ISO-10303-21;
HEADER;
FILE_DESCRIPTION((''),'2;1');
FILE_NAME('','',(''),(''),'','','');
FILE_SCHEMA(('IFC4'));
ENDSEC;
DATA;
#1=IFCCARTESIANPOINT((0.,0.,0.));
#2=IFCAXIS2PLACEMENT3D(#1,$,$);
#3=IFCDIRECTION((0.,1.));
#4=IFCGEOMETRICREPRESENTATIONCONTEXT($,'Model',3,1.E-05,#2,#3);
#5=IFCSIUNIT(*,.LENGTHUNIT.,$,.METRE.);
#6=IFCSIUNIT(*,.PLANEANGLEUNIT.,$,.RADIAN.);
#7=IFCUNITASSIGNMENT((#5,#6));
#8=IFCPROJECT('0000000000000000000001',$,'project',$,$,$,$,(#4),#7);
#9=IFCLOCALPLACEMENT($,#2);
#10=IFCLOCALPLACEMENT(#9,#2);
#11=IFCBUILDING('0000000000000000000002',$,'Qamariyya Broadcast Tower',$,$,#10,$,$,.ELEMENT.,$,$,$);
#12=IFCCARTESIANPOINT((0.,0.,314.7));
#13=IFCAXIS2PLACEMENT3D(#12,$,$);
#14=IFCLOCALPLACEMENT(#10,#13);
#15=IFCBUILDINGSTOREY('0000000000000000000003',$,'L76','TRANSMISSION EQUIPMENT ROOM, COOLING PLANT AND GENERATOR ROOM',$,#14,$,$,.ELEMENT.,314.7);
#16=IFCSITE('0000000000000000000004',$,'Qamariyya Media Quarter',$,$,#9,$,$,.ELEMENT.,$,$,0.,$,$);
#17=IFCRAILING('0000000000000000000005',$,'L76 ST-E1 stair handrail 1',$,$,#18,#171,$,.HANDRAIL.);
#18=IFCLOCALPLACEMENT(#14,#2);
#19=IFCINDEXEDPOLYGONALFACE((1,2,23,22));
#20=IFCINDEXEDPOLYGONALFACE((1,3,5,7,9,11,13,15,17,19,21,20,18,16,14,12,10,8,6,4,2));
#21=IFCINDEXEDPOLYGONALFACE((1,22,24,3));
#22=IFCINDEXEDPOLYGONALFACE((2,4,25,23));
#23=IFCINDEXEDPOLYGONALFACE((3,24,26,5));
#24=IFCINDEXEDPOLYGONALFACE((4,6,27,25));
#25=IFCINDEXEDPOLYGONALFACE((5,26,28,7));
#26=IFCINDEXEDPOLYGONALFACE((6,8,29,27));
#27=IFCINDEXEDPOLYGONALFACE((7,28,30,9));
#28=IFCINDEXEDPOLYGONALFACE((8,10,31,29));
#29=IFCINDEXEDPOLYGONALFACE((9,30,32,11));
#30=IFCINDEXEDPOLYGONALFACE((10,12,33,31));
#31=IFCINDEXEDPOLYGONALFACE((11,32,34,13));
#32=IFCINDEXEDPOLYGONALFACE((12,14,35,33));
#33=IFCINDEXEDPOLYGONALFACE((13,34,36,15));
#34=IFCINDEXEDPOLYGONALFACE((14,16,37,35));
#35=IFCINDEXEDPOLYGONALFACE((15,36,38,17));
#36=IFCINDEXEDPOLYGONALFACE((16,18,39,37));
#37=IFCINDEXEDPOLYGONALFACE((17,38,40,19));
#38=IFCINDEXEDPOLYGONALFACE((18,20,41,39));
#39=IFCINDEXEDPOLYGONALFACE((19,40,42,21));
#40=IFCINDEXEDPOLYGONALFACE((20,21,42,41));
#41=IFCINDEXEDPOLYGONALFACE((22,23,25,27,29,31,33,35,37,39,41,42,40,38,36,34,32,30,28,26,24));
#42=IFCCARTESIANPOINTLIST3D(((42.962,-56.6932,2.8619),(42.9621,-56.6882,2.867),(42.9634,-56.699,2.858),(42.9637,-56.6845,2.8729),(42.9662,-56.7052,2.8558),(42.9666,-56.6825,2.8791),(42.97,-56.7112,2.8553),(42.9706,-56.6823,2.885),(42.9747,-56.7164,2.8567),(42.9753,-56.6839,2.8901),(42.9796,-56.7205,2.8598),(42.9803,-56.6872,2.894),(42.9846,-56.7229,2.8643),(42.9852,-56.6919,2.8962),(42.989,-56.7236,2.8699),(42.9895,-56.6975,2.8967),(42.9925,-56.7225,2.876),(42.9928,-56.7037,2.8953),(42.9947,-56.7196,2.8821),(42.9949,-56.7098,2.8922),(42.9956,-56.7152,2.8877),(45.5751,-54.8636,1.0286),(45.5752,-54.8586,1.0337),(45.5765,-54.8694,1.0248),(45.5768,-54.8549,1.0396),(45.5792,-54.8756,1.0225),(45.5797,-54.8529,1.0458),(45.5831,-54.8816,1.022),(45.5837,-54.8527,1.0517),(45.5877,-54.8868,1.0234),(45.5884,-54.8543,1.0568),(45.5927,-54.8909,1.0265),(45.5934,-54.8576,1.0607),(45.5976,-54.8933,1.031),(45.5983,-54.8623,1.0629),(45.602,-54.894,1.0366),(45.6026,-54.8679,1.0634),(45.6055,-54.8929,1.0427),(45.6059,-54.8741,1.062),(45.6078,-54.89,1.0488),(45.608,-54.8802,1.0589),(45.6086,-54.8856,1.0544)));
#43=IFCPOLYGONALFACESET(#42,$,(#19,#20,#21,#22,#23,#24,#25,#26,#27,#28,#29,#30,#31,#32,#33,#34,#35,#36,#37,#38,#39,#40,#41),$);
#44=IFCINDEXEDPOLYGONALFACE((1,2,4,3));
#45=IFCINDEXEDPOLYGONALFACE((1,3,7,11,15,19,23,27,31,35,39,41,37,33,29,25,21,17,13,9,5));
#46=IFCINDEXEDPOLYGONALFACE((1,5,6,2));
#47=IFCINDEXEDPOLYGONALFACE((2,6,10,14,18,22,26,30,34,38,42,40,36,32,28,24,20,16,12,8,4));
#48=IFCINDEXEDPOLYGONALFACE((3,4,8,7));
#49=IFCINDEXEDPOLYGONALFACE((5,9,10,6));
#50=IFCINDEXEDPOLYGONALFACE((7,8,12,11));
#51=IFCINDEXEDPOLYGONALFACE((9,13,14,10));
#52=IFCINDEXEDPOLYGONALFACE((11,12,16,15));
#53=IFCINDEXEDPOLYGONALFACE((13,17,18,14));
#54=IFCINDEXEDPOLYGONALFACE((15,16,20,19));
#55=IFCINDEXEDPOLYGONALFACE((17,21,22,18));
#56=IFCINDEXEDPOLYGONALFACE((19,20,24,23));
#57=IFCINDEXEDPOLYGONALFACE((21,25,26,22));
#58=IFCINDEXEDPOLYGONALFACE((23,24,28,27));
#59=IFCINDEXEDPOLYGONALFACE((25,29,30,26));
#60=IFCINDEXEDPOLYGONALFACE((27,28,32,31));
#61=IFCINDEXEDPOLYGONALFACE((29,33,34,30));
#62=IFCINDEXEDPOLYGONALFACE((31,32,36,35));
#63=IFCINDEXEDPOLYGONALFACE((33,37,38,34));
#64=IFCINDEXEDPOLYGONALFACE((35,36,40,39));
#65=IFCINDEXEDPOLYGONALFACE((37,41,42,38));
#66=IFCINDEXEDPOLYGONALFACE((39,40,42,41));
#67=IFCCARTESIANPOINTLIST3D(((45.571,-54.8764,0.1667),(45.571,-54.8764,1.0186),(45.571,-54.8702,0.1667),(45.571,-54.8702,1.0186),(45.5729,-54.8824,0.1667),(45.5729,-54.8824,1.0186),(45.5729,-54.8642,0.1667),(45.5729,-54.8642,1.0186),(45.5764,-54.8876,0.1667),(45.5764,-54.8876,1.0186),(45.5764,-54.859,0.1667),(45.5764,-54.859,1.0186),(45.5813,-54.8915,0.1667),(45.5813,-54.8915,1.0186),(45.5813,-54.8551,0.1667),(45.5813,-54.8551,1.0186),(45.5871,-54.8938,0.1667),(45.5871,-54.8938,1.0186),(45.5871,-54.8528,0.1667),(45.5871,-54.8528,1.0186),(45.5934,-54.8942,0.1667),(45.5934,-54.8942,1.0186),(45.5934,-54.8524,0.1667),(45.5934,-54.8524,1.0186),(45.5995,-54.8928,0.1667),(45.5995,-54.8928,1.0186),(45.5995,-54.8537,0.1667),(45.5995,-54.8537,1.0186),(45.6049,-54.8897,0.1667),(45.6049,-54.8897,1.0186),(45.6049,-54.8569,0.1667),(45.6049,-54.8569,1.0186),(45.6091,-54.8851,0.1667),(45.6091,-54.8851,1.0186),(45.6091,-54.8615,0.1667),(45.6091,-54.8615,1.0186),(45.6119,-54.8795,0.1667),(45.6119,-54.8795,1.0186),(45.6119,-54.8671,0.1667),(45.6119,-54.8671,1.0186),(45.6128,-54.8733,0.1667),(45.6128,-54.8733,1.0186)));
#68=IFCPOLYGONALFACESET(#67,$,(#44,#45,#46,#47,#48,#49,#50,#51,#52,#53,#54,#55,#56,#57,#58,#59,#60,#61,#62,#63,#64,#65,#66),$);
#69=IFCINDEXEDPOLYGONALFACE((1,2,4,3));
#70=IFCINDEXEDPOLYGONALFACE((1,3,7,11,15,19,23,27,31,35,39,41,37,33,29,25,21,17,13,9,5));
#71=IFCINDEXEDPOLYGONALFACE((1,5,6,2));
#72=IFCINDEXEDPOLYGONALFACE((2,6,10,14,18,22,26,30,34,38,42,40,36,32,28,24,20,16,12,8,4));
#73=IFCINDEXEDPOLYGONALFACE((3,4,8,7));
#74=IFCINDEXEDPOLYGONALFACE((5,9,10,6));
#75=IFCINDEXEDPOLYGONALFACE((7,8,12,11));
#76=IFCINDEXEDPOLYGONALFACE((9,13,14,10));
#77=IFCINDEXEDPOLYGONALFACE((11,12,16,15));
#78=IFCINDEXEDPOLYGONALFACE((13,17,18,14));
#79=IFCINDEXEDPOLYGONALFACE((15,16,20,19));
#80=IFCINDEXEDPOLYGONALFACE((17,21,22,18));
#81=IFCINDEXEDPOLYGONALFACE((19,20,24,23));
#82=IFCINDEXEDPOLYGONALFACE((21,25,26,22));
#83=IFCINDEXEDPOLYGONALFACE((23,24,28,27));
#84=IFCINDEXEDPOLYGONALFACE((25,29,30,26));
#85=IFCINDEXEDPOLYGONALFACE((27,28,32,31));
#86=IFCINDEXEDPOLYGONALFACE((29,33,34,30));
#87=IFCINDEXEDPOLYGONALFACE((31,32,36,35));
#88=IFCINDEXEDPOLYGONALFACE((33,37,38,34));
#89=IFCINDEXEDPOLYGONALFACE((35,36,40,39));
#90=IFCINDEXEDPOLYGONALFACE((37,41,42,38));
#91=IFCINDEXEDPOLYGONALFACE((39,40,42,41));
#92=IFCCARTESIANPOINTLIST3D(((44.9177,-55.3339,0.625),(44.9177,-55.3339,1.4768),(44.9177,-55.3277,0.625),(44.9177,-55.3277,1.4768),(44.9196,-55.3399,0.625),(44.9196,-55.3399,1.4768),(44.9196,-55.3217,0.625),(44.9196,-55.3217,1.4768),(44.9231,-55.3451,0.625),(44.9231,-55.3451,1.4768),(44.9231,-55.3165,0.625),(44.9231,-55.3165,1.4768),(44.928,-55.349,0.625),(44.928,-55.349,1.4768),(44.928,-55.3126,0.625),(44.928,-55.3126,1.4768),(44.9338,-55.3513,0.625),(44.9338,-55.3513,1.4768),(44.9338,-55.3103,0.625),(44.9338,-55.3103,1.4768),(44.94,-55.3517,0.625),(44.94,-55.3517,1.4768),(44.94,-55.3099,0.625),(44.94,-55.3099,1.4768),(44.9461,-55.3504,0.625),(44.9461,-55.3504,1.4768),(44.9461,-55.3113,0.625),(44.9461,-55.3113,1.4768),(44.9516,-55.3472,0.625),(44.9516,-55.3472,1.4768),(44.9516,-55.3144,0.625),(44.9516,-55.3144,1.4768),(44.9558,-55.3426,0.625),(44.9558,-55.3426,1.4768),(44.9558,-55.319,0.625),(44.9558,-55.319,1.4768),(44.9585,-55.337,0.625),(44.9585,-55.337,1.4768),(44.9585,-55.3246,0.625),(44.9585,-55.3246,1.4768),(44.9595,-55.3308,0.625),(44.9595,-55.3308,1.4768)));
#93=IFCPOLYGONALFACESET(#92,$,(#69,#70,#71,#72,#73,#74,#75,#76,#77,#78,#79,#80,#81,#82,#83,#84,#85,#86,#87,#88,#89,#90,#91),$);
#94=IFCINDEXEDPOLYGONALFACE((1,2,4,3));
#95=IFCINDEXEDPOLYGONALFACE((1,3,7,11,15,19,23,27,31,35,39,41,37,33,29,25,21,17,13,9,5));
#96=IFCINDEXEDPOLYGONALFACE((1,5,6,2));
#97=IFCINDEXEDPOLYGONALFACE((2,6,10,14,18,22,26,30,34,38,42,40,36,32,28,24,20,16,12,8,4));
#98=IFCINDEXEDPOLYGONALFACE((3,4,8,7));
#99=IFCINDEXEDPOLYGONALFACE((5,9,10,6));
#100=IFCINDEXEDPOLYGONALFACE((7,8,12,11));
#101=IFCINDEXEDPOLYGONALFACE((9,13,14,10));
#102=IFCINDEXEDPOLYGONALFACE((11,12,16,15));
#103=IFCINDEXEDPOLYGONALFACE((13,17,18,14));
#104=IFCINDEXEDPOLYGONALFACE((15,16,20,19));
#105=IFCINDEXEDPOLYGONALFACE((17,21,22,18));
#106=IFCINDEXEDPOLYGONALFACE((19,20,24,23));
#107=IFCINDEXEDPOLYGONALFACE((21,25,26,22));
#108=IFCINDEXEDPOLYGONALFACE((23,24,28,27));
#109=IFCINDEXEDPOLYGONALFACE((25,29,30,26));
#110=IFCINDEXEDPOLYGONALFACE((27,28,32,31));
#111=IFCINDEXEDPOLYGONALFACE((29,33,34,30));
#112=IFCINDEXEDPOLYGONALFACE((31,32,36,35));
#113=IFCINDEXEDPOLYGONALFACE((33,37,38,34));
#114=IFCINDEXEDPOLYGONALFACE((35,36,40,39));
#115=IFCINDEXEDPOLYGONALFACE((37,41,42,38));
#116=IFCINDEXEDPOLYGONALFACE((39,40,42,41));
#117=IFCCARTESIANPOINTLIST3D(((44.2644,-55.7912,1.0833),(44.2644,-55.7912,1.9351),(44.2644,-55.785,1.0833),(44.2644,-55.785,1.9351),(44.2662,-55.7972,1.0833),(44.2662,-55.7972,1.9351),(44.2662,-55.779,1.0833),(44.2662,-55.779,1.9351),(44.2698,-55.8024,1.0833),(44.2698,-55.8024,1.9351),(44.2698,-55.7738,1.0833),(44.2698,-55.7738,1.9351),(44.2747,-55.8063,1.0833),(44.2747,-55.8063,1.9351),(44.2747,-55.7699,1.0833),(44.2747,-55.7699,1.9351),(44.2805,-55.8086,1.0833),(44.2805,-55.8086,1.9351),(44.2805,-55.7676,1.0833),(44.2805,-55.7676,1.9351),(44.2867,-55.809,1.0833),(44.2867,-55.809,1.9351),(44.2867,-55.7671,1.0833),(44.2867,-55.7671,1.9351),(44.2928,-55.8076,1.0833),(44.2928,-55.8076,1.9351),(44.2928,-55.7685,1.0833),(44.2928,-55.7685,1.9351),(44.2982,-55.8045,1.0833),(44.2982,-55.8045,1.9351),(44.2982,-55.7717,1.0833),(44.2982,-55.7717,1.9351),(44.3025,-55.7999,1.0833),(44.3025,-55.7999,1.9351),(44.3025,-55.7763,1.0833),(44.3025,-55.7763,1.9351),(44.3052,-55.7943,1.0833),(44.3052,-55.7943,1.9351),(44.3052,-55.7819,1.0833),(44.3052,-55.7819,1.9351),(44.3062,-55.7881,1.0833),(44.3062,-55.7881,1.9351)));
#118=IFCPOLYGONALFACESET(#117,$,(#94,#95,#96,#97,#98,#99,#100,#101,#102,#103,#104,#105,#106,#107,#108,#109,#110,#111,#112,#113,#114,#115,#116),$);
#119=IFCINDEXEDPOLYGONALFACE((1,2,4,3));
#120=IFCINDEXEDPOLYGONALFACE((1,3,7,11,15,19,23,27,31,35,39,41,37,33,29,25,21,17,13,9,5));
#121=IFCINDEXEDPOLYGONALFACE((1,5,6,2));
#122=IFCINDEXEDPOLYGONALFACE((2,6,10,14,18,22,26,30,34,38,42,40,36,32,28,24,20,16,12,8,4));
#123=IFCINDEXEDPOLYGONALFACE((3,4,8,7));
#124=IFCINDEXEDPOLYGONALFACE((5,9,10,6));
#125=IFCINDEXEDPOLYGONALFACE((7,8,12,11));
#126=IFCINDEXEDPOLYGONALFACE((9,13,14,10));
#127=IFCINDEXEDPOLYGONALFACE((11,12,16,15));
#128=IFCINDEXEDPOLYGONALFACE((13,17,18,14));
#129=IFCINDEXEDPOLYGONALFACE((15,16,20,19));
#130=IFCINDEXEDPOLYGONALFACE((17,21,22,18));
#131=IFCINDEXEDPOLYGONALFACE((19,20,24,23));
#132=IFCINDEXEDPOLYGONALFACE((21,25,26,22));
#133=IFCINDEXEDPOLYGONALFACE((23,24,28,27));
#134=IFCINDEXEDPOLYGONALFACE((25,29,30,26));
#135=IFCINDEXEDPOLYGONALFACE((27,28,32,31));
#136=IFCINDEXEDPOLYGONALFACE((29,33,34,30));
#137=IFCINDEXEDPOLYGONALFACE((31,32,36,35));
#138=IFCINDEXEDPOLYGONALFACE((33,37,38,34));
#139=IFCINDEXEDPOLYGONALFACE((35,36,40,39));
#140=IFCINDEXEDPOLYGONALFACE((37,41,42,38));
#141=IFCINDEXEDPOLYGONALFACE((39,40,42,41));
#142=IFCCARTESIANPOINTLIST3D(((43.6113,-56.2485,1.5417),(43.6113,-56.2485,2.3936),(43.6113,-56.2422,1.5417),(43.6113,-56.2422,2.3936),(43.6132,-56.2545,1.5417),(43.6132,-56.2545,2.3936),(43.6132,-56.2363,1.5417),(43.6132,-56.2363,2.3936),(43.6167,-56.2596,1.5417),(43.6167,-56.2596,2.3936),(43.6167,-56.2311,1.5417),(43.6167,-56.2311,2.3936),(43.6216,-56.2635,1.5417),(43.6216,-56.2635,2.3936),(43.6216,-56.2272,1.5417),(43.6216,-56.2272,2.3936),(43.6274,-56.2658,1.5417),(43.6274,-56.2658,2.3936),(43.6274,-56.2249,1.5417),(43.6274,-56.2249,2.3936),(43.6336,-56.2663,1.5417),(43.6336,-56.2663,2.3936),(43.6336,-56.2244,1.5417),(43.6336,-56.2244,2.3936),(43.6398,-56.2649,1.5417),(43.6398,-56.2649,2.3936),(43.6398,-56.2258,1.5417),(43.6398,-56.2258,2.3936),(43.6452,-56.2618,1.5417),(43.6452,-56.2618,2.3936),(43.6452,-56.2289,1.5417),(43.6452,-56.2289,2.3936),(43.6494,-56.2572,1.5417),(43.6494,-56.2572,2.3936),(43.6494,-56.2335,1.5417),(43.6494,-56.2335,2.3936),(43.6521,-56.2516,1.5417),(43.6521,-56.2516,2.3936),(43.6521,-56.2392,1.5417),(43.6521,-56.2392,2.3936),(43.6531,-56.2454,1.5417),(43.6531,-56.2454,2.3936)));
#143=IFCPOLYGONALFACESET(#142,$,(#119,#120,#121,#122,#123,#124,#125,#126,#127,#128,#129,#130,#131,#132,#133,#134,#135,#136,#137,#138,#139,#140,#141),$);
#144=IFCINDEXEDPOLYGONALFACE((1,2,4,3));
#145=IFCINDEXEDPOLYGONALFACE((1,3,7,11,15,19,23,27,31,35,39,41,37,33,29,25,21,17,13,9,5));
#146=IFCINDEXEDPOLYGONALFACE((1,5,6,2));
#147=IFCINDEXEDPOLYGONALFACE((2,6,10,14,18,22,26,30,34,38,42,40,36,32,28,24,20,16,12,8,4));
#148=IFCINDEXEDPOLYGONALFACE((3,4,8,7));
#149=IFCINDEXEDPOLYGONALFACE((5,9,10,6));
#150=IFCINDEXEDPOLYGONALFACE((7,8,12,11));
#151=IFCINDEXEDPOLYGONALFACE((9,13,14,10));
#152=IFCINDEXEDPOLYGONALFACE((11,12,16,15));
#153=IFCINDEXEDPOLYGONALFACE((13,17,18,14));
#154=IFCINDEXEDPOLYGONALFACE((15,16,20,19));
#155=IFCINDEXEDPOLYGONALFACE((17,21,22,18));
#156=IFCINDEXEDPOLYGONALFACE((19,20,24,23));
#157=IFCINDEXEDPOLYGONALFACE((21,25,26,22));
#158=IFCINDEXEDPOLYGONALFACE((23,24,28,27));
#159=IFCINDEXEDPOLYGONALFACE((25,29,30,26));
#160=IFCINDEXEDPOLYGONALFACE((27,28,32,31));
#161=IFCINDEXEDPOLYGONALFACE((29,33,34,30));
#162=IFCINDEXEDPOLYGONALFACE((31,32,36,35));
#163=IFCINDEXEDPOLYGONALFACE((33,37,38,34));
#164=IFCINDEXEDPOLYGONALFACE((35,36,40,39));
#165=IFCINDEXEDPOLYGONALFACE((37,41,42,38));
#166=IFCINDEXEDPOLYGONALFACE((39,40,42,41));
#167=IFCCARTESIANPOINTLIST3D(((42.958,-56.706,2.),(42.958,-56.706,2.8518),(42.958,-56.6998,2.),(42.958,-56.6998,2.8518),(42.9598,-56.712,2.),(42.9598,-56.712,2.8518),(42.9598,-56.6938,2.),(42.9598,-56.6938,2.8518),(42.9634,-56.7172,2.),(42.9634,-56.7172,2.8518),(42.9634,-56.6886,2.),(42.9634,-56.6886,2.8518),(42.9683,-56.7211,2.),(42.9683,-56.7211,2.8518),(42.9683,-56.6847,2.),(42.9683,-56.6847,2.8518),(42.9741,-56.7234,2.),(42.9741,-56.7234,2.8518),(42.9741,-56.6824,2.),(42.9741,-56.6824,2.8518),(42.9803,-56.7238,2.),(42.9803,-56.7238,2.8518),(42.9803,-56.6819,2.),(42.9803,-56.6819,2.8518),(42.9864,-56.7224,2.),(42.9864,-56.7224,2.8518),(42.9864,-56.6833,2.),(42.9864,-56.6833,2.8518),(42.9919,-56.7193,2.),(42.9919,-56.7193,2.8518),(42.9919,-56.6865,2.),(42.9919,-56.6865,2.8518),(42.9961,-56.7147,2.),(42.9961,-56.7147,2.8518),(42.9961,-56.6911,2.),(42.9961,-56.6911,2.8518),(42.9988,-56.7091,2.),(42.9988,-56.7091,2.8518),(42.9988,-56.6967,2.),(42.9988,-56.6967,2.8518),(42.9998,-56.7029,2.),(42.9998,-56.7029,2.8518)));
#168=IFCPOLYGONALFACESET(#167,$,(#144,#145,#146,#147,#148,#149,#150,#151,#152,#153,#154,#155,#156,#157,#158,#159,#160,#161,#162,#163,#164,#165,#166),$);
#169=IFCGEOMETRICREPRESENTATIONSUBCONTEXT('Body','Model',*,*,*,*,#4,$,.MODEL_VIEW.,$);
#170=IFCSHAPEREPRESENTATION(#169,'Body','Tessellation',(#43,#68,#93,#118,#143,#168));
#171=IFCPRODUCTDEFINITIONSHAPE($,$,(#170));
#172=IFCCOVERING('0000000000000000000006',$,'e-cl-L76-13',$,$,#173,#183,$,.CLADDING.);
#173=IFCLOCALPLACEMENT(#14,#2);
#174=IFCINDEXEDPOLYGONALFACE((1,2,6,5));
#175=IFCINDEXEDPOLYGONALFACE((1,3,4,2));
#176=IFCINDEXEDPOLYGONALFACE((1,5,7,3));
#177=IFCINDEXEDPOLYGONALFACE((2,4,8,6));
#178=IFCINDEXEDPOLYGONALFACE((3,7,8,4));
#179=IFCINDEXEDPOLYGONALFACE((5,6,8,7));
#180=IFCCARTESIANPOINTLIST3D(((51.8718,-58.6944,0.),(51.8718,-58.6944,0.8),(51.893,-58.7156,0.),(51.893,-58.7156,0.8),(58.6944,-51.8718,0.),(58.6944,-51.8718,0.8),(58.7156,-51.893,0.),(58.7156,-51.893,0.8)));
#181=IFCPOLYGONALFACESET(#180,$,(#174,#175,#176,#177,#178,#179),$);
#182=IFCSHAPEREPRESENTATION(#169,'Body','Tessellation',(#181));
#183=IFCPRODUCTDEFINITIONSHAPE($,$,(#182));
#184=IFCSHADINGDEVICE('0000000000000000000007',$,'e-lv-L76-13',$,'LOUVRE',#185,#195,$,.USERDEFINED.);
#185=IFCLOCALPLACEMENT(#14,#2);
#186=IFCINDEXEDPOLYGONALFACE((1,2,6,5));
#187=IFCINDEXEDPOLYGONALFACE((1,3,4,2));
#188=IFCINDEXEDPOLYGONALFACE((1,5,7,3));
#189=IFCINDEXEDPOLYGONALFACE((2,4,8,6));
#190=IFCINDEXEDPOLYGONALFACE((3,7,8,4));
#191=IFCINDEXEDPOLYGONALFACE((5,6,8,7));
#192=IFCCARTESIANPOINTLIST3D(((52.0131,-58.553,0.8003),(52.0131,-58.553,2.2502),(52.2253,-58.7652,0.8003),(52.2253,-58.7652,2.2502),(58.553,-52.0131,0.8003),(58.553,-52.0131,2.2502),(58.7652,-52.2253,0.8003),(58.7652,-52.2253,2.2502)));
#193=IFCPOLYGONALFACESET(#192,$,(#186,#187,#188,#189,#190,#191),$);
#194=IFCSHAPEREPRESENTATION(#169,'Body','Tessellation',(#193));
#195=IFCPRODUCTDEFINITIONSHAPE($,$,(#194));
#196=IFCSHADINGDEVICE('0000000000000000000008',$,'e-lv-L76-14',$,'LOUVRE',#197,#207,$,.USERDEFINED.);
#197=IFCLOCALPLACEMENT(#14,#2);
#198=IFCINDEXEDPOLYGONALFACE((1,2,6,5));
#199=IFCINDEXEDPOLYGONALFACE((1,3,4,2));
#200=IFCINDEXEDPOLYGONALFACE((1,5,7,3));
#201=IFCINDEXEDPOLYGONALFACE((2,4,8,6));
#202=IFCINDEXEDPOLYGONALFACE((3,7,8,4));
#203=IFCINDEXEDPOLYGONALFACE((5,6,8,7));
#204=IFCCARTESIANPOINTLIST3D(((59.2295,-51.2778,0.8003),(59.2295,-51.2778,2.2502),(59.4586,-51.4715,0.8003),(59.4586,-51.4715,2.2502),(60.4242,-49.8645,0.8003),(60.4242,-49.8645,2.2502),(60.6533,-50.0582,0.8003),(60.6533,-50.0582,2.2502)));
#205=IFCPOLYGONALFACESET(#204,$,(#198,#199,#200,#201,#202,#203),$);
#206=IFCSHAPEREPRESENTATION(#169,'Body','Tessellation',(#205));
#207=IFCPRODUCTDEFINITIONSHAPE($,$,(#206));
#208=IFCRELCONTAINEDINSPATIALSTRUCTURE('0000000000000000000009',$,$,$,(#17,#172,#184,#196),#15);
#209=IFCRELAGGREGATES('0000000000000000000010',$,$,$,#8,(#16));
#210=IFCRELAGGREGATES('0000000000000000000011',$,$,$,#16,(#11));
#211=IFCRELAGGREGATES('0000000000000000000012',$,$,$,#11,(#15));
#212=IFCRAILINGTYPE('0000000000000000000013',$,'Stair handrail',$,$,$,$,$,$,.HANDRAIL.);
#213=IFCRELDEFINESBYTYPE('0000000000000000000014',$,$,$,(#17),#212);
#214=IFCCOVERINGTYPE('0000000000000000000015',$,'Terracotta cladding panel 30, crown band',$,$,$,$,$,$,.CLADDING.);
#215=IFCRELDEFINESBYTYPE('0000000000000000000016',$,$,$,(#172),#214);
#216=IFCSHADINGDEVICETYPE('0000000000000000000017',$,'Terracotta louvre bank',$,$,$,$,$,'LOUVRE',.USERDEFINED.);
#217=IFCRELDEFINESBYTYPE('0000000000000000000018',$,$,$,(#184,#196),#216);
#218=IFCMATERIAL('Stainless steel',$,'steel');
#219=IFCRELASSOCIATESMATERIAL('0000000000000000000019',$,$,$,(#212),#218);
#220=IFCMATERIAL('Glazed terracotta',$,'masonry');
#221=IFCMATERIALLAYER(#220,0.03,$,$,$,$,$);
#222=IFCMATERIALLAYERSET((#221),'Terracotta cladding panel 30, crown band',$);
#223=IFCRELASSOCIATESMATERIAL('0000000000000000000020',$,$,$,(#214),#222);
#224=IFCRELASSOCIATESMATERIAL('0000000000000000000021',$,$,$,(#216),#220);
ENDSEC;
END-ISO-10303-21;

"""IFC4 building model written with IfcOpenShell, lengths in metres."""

from ifc_helpers import new_model, si_unit, direction, frame, origin, origin_2d, place, context, subcontext, project, spatial, rectangle, circle, extrude, material, layer, layer_set, type_object, element, save


model = new_model("IFC4")

# Units and contexts
model_context = context("Model", 3, precision=1e-05, world=origin(), true_north=direction((0.0, 1.0)))
body_context = subcontext(model_context, "Body", "Model", "MODEL_VIEW")
ifc_project = project(units=[si_unit("LENGTHUNIT", "METRE"), si_unit("PLANEANGLEUNIT", "RADIAN")], contexts=[model_context])

# Site, building, storey
site_placement = place(None, origin())
site = spatial("IfcSite", under=ifc_project, at=site_placement, Name="Qamariyya Media Quarter", CompositionType="ELEMENT", RefElevation=0.0)
building_placement = place(site_placement, origin())
building = spatial("IfcBuilding", under=site, at=building_placement, Name="Qamariyya Broadcast Tower", CompositionType="ELEMENT")
storey_placement = place(building_placement, frame((0.0, 0.0, 314.7)))
storey = spatial("IfcBuildingStorey", under=building, at=storey_placement, Name="L76", Description="TRANSMISSION EQUIPMENT ROOM, COOLING PLANT AND GENERATOR ROOM", CompositionType="ELEMENT", Elevation=314.7)

# Railing
ifc_material_1 = material(Name="Stainless steel", Category="steel")
railing_type_1 = type_object("IfcRailingType", Name="Stair handrail", PredefinedType="HANDRAIL", material=ifc_material_1)
railing_1_placement = place(storey_placement, frame((45.5918, -54.8733, 0.1667)))
element("IfcRailing", 1, at=railing_1_placement, inside=storey, type_object=railing_type_1, Name="L76 ST-E1 stair handrail 1", PredefinedType="HANDRAIL", context=body_context, shape_type="SweptSolid", body=[
    extrude(circle(Radius=0.0239, at=origin_2d()), frame((0.0, 0.0, 0.876), z_axis=(-0.710228, -0.497285, 0.498281), x_axis=(0.57356, -0.819164, 0.0)), (0.0, 0.0, 1.0), 3.6792),
    extrude(circle(Radius=0.021, at=origin_2d()), origin(), (0.0, 0.0, 1.0), 0.8518),
    extrude(circle(Radius=0.021, at=origin_2d()), frame((-0.6533, -0.4575, 0.4583)), (0.0, 0.0, 1.0), 0.8518),
    extrude(circle(Radius=0.021, at=origin_2d()), frame((-1.3066, -0.9148, 0.9165)), (0.0, 0.0, 1.0), 0.8518),
    extrude(circle(Radius=0.021, at=origin_2d()), frame((-1.9597, -1.3721, 1.375)), (0.0, 0.0, 1.0), 0.8518),
    extrude(circle(Radius=0.021, at=origin_2d()), frame((-2.613, -1.8296, 1.8333)), (0.0, 0.0, 1.0), 0.8518),
])

# Covering
ifc_material_2 = material(Name="Glazed terracotta", Category="masonry")
ifc_layer_1 = layer(ifc_material_2, 0.03)
ifc_layer_set_1 = layer_set([ifc_layer_1], Name="Terracotta cladding panel 30, crown band")
covering_type = type_object("IfcCoveringType", Name="Terracotta cladding panel 30, crown band", PredefinedType="CLADDING", material=ifc_layer_set_1)
covering_placement = place(storey_placement, frame((55.2937, -55.2937, 0.0), z_axis=(0.0, 0.0, 1.0), x_axis=(0.707107, 0.707107, 0.0)))
element("IfcCovering", 2, at=covering_placement, inside=storey, type_object=covering_type, Name="e-cl-L76-13", PredefinedType="CLADDING", context=body_context, shape_type="SweptSolid", body=[
    extrude(rectangle(XDim=9.6487, YDim=0.03, at=origin_2d()), origin(), (0.0, 0.0, 1.0), 0.8),
])

# Shading devices
shading_device_type = type_object("IfcShadingDeviceType", Name="Terracotta louvre bank", ElementType="LOUVRE", PredefinedType="USERDEFINED", material=ifc_material_2)
shading_device_1_placement = place(storey_placement, frame((55.3892, -55.3892, 0.8003), z_axis=(0.0, 0.0, 1.0), x_axis=(0.707107, 0.707107, 0.0)))
element("IfcShadingDevice", 3, at=shading_device_1_placement, inside=storey, type_object=shading_device_type, Name="e-lv-L76-13", ObjectType="LOUVRE", PredefinedType="USERDEFINED", context=body_context, shape_type="SweptSolid", body=[
    extrude(rectangle(XDim=9.2488, YDim=0.3, at=origin_2d()), origin(), (0.0, 0.0, 1.0), 1.45),
])
shading_device_2_placement = place(storey_placement, frame((59.9414, -50.668, 0.8003), z_axis=(0.0, 0.0, 1.0), x_axis=(0.64556, 0.76371, 0.0)))
element("IfcShadingDevice", 4, at=shading_device_2_placement, inside=storey, type_object=shading_device_type, Name="e-lv-L76-14", ObjectType="LOUVRE", PredefinedType="USERDEFINED", context=body_context, shape_type="SweptSolid", body=[
    extrude(rectangle(XDim=1.8506, YDim=0.3, at=origin_2d()), origin(), (0.0, 0.0, 1.0), 1.45),
])

save(model, "model.ifc")
